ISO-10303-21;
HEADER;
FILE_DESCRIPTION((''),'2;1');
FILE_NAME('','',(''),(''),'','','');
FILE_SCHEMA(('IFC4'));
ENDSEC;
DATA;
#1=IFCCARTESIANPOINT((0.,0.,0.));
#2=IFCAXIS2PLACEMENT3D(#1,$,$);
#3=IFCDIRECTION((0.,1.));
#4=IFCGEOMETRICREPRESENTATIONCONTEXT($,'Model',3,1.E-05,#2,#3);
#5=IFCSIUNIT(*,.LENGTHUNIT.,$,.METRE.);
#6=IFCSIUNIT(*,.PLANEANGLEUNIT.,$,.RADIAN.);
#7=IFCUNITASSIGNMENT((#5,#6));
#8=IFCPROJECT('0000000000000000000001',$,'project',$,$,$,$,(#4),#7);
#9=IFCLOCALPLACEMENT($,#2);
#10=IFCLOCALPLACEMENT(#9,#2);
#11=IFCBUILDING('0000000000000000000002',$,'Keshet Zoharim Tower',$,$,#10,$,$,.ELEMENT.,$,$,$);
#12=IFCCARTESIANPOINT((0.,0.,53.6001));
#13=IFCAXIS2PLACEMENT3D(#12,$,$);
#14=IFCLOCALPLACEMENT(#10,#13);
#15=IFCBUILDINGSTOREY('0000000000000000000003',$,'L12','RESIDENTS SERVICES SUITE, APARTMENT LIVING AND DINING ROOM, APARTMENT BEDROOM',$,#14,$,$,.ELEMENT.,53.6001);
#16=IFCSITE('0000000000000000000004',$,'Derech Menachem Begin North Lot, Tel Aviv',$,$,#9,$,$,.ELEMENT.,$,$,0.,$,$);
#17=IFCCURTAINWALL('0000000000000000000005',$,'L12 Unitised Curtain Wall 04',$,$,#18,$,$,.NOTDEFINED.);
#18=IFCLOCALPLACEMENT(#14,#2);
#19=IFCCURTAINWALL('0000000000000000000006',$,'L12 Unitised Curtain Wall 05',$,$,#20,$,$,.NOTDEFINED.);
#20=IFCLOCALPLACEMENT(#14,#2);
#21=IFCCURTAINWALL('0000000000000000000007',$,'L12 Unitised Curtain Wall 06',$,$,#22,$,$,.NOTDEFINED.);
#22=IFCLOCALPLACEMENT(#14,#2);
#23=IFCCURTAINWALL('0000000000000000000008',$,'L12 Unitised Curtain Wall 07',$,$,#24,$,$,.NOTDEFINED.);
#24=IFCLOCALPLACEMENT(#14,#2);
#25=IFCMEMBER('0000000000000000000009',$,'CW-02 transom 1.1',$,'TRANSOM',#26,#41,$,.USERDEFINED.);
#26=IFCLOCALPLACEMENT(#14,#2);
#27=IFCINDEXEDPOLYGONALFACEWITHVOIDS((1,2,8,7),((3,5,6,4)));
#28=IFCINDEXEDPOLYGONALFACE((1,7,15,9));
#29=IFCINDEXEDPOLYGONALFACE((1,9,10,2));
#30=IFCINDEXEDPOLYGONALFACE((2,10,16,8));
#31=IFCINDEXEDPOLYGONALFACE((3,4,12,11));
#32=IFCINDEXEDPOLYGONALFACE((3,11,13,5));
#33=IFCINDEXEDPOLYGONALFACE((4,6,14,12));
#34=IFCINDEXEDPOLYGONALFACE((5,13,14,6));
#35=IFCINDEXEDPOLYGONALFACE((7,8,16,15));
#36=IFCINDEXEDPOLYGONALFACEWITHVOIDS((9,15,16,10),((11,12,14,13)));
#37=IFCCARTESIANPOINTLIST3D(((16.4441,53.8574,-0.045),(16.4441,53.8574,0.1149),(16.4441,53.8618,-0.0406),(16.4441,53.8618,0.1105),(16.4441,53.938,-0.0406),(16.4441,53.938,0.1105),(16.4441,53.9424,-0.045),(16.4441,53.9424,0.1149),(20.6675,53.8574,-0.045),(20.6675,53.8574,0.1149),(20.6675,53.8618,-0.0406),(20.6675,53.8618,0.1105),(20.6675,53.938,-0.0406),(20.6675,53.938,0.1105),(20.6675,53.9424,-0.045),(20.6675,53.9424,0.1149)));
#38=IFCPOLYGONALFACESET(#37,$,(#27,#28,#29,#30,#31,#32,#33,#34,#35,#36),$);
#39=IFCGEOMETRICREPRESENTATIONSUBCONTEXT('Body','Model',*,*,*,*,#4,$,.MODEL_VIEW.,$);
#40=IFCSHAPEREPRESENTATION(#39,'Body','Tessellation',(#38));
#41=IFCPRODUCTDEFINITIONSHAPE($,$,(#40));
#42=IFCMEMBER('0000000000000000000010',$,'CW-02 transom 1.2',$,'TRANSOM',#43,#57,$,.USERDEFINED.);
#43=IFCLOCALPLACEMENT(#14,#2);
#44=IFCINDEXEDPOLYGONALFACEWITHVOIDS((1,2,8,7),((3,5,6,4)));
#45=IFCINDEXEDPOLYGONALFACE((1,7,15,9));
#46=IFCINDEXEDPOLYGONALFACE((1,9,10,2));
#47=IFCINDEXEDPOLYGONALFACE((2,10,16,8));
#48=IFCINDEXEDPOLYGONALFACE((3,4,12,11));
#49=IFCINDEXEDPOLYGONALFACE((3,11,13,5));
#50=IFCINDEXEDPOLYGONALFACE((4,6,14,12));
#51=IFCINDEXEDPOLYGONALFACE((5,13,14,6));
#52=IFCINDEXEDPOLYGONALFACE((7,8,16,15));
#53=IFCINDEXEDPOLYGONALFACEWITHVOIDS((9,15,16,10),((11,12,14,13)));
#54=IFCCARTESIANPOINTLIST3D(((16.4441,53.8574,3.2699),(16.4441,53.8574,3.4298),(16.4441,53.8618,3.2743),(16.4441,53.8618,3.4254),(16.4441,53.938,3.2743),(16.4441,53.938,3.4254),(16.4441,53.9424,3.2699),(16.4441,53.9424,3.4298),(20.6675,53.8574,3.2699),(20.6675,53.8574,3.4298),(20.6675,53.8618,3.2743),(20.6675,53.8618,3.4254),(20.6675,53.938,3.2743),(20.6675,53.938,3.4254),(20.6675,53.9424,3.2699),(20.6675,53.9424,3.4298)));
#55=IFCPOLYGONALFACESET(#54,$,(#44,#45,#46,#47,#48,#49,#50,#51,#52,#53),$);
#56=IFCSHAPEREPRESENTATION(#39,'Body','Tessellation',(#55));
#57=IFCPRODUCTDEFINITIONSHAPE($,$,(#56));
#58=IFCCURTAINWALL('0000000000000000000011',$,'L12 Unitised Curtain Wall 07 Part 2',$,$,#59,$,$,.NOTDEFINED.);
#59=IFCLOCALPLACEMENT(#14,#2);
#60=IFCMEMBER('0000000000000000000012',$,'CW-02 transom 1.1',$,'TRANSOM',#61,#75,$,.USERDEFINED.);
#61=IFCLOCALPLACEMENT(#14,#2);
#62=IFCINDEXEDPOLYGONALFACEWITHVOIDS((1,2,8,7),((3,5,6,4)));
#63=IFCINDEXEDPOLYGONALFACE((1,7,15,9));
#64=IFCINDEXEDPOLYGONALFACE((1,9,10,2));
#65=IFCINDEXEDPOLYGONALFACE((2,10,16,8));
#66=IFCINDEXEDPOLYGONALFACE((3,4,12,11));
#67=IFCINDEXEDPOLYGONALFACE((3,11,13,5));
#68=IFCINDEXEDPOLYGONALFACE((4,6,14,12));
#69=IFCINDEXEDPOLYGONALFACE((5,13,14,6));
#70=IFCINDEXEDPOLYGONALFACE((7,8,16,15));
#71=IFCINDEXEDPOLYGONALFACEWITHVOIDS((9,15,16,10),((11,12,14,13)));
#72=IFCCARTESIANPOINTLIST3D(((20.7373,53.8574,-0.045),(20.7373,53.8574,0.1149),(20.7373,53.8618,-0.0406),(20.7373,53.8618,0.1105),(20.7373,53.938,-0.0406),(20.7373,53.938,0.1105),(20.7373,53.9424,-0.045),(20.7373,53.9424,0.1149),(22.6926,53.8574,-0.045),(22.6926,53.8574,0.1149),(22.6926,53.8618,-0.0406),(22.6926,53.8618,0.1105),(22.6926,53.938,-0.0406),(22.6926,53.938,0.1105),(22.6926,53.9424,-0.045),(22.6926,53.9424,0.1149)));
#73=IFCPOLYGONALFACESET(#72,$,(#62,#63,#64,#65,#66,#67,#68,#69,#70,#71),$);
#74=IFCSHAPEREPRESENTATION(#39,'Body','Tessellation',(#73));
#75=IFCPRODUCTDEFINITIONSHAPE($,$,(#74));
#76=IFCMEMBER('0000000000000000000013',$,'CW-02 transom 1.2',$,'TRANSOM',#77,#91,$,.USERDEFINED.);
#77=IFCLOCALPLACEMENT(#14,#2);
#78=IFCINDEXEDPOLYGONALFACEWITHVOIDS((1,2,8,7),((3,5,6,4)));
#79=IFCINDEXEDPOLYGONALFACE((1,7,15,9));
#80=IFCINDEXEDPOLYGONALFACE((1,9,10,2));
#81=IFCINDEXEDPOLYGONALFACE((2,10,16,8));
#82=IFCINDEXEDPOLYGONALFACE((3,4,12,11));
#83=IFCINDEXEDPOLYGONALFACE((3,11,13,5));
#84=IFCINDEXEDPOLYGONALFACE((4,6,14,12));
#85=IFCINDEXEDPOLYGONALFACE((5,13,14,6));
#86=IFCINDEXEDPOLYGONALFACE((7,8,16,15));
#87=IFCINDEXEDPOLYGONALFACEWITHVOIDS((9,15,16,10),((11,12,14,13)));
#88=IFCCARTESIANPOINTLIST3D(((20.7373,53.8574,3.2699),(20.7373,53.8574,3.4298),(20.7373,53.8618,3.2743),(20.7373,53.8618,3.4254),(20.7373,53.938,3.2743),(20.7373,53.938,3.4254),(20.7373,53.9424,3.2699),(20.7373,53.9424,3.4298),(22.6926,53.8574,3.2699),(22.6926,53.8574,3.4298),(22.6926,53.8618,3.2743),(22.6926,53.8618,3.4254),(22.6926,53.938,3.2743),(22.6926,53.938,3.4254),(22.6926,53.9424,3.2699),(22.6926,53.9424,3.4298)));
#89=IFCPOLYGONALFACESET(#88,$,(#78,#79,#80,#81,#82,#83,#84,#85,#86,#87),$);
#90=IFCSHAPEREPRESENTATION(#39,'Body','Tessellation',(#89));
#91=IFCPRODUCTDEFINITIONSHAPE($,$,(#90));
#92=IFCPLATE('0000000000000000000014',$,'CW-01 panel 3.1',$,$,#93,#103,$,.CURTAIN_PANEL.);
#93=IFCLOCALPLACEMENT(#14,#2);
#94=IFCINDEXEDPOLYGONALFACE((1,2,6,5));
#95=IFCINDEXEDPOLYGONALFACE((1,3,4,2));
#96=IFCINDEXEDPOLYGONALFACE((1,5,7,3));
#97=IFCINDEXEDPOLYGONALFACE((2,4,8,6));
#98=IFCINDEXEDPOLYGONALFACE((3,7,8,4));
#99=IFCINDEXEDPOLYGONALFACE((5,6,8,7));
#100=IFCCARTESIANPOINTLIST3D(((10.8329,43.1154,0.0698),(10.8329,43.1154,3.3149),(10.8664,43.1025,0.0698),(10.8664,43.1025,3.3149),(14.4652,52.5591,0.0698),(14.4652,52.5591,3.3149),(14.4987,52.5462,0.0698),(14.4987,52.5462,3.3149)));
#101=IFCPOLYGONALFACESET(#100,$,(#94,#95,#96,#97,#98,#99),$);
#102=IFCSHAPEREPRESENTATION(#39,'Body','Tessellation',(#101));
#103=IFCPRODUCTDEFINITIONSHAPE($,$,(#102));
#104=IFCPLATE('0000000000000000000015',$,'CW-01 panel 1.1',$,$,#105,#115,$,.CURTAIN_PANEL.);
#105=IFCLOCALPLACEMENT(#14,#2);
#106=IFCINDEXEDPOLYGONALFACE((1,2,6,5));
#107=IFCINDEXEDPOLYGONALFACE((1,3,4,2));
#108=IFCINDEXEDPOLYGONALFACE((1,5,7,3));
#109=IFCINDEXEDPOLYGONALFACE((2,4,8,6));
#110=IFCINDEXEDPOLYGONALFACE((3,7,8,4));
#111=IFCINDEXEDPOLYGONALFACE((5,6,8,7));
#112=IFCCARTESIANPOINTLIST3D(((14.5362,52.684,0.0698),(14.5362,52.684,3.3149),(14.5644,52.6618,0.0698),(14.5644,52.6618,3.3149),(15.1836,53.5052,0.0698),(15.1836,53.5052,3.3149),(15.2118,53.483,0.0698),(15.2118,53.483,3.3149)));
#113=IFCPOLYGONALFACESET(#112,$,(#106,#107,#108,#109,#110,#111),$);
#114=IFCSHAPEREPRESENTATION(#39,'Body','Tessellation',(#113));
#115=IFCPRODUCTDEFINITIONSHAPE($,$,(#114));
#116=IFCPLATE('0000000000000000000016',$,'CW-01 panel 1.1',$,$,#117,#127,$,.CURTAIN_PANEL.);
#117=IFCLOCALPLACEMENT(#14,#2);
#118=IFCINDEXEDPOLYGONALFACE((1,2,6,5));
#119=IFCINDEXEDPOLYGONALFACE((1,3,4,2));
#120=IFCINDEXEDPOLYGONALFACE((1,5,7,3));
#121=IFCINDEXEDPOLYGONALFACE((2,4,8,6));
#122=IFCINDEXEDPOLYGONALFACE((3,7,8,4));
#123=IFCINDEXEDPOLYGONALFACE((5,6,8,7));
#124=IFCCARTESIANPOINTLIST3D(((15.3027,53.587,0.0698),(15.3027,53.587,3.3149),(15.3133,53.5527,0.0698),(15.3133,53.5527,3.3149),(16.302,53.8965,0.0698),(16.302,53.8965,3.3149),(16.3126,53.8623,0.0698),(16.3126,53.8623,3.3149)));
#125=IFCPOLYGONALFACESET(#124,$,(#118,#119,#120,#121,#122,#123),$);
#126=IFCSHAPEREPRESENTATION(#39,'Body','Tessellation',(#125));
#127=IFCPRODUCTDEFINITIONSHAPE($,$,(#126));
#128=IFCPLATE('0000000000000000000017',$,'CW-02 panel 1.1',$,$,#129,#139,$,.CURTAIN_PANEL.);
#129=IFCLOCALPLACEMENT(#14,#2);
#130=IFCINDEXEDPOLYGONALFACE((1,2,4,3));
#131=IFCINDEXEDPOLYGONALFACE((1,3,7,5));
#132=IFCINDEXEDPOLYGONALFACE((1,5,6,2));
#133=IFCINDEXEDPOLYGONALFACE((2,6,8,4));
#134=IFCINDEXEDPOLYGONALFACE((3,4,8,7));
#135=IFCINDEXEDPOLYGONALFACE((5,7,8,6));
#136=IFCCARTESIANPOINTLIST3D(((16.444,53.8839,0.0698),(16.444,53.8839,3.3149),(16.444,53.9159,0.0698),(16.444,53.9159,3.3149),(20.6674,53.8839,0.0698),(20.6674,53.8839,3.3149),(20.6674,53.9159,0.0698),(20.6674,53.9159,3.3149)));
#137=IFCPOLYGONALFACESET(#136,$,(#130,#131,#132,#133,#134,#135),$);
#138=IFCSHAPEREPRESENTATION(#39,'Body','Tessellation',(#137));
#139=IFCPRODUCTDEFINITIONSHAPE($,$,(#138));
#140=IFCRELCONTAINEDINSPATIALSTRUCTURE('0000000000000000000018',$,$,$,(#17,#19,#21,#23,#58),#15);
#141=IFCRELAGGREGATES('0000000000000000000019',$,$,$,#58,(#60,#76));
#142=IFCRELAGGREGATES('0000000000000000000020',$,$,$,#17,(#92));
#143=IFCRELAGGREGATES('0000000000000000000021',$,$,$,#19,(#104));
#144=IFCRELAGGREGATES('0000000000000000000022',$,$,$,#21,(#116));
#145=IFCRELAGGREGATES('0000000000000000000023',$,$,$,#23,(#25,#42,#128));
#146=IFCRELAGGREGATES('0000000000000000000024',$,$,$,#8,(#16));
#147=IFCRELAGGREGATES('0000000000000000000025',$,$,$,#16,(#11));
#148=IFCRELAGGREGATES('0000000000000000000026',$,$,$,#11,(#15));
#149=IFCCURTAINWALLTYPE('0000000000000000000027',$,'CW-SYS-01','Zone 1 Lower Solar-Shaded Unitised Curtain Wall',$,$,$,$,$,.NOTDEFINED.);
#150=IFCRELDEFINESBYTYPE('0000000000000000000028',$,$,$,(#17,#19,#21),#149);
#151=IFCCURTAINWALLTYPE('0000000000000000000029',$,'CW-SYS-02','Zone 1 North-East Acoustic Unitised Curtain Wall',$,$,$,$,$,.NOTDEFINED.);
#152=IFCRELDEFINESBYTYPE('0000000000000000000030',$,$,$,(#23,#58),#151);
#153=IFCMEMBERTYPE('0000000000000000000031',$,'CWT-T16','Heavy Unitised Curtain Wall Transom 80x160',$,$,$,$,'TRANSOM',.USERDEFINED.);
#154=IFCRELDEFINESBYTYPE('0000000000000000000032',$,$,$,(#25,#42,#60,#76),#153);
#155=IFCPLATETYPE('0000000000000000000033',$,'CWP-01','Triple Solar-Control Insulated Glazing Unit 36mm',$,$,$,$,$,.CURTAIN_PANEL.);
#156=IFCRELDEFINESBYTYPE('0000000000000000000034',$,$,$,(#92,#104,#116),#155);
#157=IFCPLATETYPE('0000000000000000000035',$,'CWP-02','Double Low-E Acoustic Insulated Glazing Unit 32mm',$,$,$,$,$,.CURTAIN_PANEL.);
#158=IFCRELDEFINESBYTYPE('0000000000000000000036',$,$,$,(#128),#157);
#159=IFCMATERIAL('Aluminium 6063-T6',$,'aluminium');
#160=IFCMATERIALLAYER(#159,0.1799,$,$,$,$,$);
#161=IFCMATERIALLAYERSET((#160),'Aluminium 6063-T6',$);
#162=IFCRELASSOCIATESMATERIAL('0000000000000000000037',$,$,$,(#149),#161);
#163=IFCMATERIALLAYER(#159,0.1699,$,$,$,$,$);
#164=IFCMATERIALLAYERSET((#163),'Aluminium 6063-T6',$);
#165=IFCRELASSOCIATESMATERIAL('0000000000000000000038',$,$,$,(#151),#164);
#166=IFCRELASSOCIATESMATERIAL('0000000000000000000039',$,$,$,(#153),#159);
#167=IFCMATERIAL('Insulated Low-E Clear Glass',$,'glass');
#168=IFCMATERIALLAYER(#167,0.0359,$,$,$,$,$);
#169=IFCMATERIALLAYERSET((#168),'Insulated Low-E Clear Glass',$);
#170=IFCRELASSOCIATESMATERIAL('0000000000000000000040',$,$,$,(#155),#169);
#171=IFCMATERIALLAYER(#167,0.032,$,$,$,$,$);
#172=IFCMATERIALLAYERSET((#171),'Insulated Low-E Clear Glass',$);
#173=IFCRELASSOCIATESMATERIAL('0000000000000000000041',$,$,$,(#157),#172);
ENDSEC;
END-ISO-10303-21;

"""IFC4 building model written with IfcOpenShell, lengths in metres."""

from ifc_helpers import new_model, si_unit, direction, frame, origin, origin_2d, place, context, subcontext, project, spatial, rectangle, hollow_rectangle, extrude, material, layer, layer_set, material_profile, profile_set, type_object, element, aggregate, save


model = new_model("IFC4")

# Units and contexts
model_context = context("Model", 3, precision=1e-05, world=origin(), true_north=direction((0.0, 1.0)))
body_context = subcontext(model_context, "Body", "Model", "MODEL_VIEW")
ifc_project = project(units=[si_unit("LENGTHUNIT", "METRE"), si_unit("PLANEANGLEUNIT", "RADIAN")], contexts=[model_context])

# Site, building, storey
site_placement = place(None, origin())
site = spatial("IfcSite", under=ifc_project, at=site_placement, Name="Derech Menachem Begin North Lot, Tel Aviv", CompositionType="ELEMENT", RefElevation=0.0)
building_placement = place(site_placement, origin())
building = spatial("IfcBuilding", under=site, at=building_placement, Name="Keshet Zoharim Tower", CompositionType="ELEMENT")
storey_placement = place(building_placement, frame((0.0, 0.0, 53.6001)))
storey = spatial("IfcBuildingStorey", under=building, at=storey_placement, Name="L12", Description="RESIDENTS SERVICES SUITE, APARTMENT LIVING AND DINING ROOM, APARTMENT BEDROOM", CompositionType="ELEMENT", Elevation=53.6001)

# Curtain wall
ifc_material_1 = material(Name="Aluminium 6063-T6", Category="aluminium")
ifc_layer_1 = layer(ifc_material_1, 0.1799)
ifc_layer_set_1 = layer_set([ifc_layer_1], Name="Aluminium 6063-T6")
curtain_wall_type_1 = type_object("IfcCurtainWallType", Name="CW-SYS-01", Description="Zone 1 Lower Solar-Shaded Unitised Curtain Wall", PredefinedType="NOTDEFINED", material=ifc_layer_set_1)
curtain_wall_1_placement = place(storey_placement, origin())
curtain_wall_1 = element("IfcCurtainWall", 1, at=curtain_wall_1_placement, inside=storey, type_object=curtain_wall_type_1, Name="L12 Unitised Curtain Wall 04", PredefinedType="NOTDEFINED")

# Curtain walls
curtain_wall_2_placement = place(storey_placement, origin())
curtain_wall_2 = element("IfcCurtainWall", 2, at=curtain_wall_2_placement, inside=storey, type_object=curtain_wall_type_1, Name="L12 Unitised Curtain Wall 05", PredefinedType="NOTDEFINED")
curtain_wall_3_placement = place(storey_placement, origin())
curtain_wall_3 = element("IfcCurtainWall", 3, at=curtain_wall_3_placement, inside=storey, type_object=curtain_wall_type_1, Name="L12 Unitised Curtain Wall 06", PredefinedType="NOTDEFINED")
ifc_layer_2 = layer(ifc_material_1, 0.1699)
ifc_layer_set_2 = layer_set([ifc_layer_2], Name="Aluminium 6063-T6")
curtain_wall_type_2 = type_object("IfcCurtainWallType", Name="CW-SYS-02", Description="Zone 1 North-East Acoustic Unitised Curtain Wall", PredefinedType="NOTDEFINED", material=ifc_layer_set_2)
curtain_wall_4_placement = place(storey_placement, origin())
curtain_wall_4 = element("IfcCurtainWall", 4, at=curtain_wall_4_placement, inside=storey, type_object=curtain_wall_type_2, Name="L12 Unitised Curtain Wall 07", PredefinedType="NOTDEFINED")

# Members
ifc_material_profile_1 = material_profile(ifc_material_1, hollow_rectangle(XDim=0.085, YDim=0.1599, WallThickness=0.0044, at=origin_2d()), Name="TRN-85x160")
ifc_profile_set_1 = profile_set([ifc_material_profile_1], Name="Aluminium 6063-T6")
member_type_1 = type_object("IfcMemberType", Name="CWT-T16", Description="Heavy Unitised Curtain Wall Transom 80x160", ElementType="TRANSOM", PredefinedType="USERDEFINED", material=ifc_profile_set_1)
member_1_placement = place(storey_placement, frame((16.4441, 53.8999, 0.0349), z_axis=(1.0, 0.0, 0.0), x_axis=(0.0, 1.0, 0.0)))
member_1 = element("IfcMember", 5, at=member_1_placement, type_object=member_type_1, Name="CW-02 transom 1.1", ObjectType="TRANSOM", PredefinedType="USERDEFINED", context=body_context, shape_type="SweptSolid", body=[
    extrude(hollow_rectangle(XDim=0.085, YDim=0.1599, WallThickness=0.0044, at=origin_2d()), origin(), (0.0, 0.0, 1.0), 4.2234),
])
member_2_placement = place(storey_placement, frame((16.4441, 53.8999, 3.3499), z_axis=(1.0, 0.0, 0.0), x_axis=(0.0, 1.0, 0.0)))
member_2 = element("IfcMember", 6, at=member_2_placement, type_object=member_type_1, Name="CW-02 transom 1.2", ObjectType="TRANSOM", PredefinedType="USERDEFINED", context=body_context, shape_type="SweptSolid", body=[
    extrude(hollow_rectangle(XDim=0.085, YDim=0.1599, WallThickness=0.0044, at=origin_2d()), origin(), (0.0, 0.0, 1.0), 4.2234),
])

# Curtain wall, members
curtain_wall_5_placement = place(storey_placement, origin())
curtain_wall_5 = element("IfcCurtainWall", 7, at=curtain_wall_5_placement, inside=storey, type_object=curtain_wall_type_2, Name="L12 Unitised Curtain Wall 07 Part 2", PredefinedType="NOTDEFINED")
member_3_placement = place(storey_placement, frame((20.7373, 53.8999, 0.0349), z_axis=(1.0, 0.0, 0.0), x_axis=(0.0, 1.0, 0.0)))
member_3 = element("IfcMember", 8, at=member_3_placement, type_object=member_type_1, Name="CW-02 transom 1.1", ObjectType="TRANSOM", PredefinedType="USERDEFINED", context=body_context, shape_type="SweptSolid", body=[
    extrude(hollow_rectangle(XDim=0.085, YDim=0.1599, WallThickness=0.0044, at=origin_2d()), origin(), (0.0, 0.0, 1.0), 1.9553),
])
member_4_placement = place(storey_placement, frame((20.7373, 53.8999, 3.3499), z_axis=(1.0, 0.0, 0.0), x_axis=(0.0, 1.0, 0.0)))
member_4 = element("IfcMember", 9, at=member_4_placement, type_object=member_type_1, Name="CW-02 transom 1.2", ObjectType="TRANSOM", PredefinedType="USERDEFINED", context=body_context, shape_type="SweptSolid", body=[
    extrude(hollow_rectangle(XDim=0.085, YDim=0.1599, WallThickness=0.0044, at=origin_2d()), origin(), (0.0, 0.0, 1.0), 1.9553),
])
aggregate(curtain_wall_5, [member_3, member_4])

# Plates
ifc_material_2 = material(Name="Insulated Low-E Clear Glass", Category="glass")
ifc_layer_3 = layer(ifc_material_2, 0.0359)
ifc_layer_set_3 = layer_set([ifc_layer_3], Name="Insulated Low-E Clear Glass")
plate_type_1 = type_object("IfcPlateType", Name="CWP-01", Description="Triple Solar-Control Insulated Glazing Unit 36mm", PredefinedType="CURTAIN_PANEL", material=ifc_layer_set_3)
plate_1_placement = place(storey_placement, frame((12.6658, 47.8308, 0.0698), z_axis=(0.0, 0.0, 1.0), x_axis=(0.35899, 0.933341, 0.0)))
plate_1 = element("IfcPlate", 10, at=plate_1_placement, type_object=plate_type_1, Name="CW-01 panel 3.1", PredefinedType="CURTAIN_PANEL", context=body_context, shape_type="SweptSolid", body=[
    extrude(rectangle(XDim=10.1182, YDim=0.0359, at=origin_2d()), origin(), (0.0, 0.0, 1.0), 3.2451),
])
aggregate(curtain_wall_1, [plate_1])
plate_2_placement = place(storey_placement, frame((14.874, 53.0835, 0.0698), z_axis=(0.0, 0.0, 1.0), x_axis=(0.619125, 0.785293, 0.0)))
plate_2 = element("IfcPlate", 11, at=plate_2_placement, type_object=plate_type_1, Name="CW-01 panel 1.1", PredefinedType="CURTAIN_PANEL", context=body_context, shape_type="SweptSolid", body=[
    extrude(rectangle(XDim=1.0457, YDim=0.0359, at=origin_2d()), origin(), (0.0, 0.0, 1.0), 3.2451),
])
aggregate(curtain_wall_2, [plate_2])
plate_3_placement = place(storey_placement, frame((15.8076, 53.7246, 0.0698), z_axis=(0.0, 0.0, 1.0), x_axis=(0.955212, 0.295922, 0.0)))
plate_3 = element("IfcPlate", 12, at=plate_3_placement, type_object=plate_type_1, Name="CW-01 panel 1.1", PredefinedType="CURTAIN_PANEL", context=body_context, shape_type="SweptSolid", body=[
    extrude(rectangle(XDim=1.0461, YDim=0.0359, at=origin_2d()), origin(), (0.0, 0.0, 1.0), 3.2451),
])
aggregate(curtain_wall_3, [plate_3])
ifc_layer_4 = layer(ifc_material_2, 0.032)
ifc_layer_set_4 = layer_set([ifc_layer_4], Name="Insulated Low-E Clear Glass")
plate_type_2 = type_object("IfcPlateType", Name="CWP-02", Description="Double Low-E Acoustic Insulated Glazing Unit 32mm", PredefinedType="CURTAIN_PANEL", material=ifc_layer_set_4)
plate_4_placement = place(storey_placement, frame((18.5557, 53.8999, 0.0698), z_axis=(0.0, 0.0, 1.0), x_axis=(1.0, 0.0, 0.0)))
plate_4 = element("IfcPlate", 13, at=plate_4_placement, type_object=plate_type_2, Name="CW-02 panel 1.1", PredefinedType="CURTAIN_PANEL", context=body_context, shape_type="SweptSolid", body=[
    extrude(rectangle(XDim=4.2234, YDim=0.032, at=origin_2d()), origin(), (0.0, 0.0, 1.0), 3.2451),
])
aggregate(curtain_wall_4, [member_1, member_2, plate_4])

save(model, "model.ifc")
